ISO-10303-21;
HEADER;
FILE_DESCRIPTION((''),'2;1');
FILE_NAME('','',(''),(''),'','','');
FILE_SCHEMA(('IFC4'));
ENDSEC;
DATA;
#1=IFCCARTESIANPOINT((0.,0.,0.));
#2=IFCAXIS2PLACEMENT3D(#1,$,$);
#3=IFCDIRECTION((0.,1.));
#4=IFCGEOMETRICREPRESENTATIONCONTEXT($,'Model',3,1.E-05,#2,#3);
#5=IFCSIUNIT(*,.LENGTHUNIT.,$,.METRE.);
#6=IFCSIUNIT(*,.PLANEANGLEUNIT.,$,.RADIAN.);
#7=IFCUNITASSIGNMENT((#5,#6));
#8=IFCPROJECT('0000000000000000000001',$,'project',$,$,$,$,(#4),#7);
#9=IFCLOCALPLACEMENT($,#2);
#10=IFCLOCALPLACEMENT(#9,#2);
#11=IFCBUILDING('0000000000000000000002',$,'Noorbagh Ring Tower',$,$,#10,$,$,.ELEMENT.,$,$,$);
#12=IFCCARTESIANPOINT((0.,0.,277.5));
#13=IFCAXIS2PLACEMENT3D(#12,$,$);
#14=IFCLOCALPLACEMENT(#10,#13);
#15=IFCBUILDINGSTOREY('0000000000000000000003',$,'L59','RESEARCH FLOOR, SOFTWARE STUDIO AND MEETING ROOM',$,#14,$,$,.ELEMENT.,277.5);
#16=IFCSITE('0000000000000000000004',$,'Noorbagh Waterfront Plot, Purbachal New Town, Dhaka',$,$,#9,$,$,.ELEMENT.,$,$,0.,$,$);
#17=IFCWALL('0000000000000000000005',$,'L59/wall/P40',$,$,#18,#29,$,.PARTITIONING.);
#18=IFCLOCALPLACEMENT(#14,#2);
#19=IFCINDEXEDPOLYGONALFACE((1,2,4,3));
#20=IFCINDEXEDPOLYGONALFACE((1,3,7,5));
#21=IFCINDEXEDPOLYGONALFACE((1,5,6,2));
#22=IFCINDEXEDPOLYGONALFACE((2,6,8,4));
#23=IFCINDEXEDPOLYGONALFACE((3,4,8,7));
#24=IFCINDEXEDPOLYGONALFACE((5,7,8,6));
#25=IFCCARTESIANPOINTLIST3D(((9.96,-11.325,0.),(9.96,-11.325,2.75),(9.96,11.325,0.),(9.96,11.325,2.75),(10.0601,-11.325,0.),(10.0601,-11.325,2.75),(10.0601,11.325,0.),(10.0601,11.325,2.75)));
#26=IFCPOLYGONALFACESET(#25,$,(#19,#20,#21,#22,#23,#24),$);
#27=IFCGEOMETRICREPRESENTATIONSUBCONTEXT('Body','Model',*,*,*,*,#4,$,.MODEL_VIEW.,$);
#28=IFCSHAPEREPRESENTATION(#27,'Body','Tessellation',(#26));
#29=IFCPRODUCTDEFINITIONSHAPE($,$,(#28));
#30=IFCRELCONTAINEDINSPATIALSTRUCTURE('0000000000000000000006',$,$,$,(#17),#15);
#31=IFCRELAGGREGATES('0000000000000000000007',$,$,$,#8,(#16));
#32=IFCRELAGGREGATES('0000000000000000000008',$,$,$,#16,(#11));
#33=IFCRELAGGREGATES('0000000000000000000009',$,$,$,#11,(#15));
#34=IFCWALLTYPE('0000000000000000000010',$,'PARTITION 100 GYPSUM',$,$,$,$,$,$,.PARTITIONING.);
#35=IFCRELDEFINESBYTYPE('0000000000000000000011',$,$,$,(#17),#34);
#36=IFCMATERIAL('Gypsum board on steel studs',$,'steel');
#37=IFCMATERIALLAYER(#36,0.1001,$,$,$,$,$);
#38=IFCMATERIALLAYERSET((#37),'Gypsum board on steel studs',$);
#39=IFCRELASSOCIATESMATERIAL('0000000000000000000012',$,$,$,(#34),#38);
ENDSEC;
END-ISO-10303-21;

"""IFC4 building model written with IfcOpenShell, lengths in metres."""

from ifc_helpers import new_model, si_unit, direction, frame, frame_2d, origin, place, context, subcontext, project, spatial, rectangle, extrude, material, layer, layer_set, type_object, element, save


model = new_model("IFC4")

# Units and contexts
model_context = context("Model", 3, precision=1e-05, world=origin(), true_north=direction((0.0, 1.0)))
body_context = subcontext(model_context, "Body", "Model", "MODEL_VIEW")
ifc_project = project(units=[si_unit("LENGTHUNIT", "METRE"), si_unit("PLANEANGLEUNIT", "RADIAN")], contexts=[model_context])

# Site, building, storey
site_placement = place(None, origin())
site = spatial("IfcSite", under=ifc_project, at=site_placement, Name="Noorbagh Waterfront Plot, Purbachal New Town, Dhaka", CompositionType="ELEMENT", RefElevation=0.0)
building_placement = place(site_placement, origin())
building = spatial("IfcBuilding", under=site, at=building_placement, Name="Noorbagh Ring Tower", CompositionType="ELEMENT")
storey_placement = place(building_placement, frame((0.0, 0.0, 277.5)))
storey = spatial("IfcBuildingStorey", under=building, at=storey_placement, Name="L59", Description="RESEARCH FLOOR, SOFTWARE STUDIO AND MEETING ROOM", CompositionType="ELEMENT", Elevation=277.5)

# Wall
ifc_material_1 = material(Name="Gypsum board on steel studs", Category="steel")
ifc_layer_1 = layer(ifc_material_1, 0.1001)
ifc_layer_set_1 = layer_set([ifc_layer_1], Name="Gypsum board on steel studs")
wall_type_1 = type_object("IfcWallType", Name="PARTITION 100 GYPSUM", PredefinedType="PARTITIONING", material=ifc_layer_set_1)
wall_1_placement = place(storey_placement, frame((10.01, -11.325, 0.0), z_axis=(0.0, 0.0, 1.0), x_axis=(0.0, 1.0, 0.0)))
element("IfcWall", 1, at=wall_1_placement, inside=storey, type_object=wall_type_1, Name="L59/wall/P40", PredefinedType="PARTITIONING", context=body_context, shape_type="SweptSolid", body=[
    extrude(rectangle(XDim=22.6499, YDim=0.1001, at=frame_2d((11.325, 0.0))), origin(), (0.0, 0.0, 1.0), 2.75),
])

save(model, "model.ifc")
